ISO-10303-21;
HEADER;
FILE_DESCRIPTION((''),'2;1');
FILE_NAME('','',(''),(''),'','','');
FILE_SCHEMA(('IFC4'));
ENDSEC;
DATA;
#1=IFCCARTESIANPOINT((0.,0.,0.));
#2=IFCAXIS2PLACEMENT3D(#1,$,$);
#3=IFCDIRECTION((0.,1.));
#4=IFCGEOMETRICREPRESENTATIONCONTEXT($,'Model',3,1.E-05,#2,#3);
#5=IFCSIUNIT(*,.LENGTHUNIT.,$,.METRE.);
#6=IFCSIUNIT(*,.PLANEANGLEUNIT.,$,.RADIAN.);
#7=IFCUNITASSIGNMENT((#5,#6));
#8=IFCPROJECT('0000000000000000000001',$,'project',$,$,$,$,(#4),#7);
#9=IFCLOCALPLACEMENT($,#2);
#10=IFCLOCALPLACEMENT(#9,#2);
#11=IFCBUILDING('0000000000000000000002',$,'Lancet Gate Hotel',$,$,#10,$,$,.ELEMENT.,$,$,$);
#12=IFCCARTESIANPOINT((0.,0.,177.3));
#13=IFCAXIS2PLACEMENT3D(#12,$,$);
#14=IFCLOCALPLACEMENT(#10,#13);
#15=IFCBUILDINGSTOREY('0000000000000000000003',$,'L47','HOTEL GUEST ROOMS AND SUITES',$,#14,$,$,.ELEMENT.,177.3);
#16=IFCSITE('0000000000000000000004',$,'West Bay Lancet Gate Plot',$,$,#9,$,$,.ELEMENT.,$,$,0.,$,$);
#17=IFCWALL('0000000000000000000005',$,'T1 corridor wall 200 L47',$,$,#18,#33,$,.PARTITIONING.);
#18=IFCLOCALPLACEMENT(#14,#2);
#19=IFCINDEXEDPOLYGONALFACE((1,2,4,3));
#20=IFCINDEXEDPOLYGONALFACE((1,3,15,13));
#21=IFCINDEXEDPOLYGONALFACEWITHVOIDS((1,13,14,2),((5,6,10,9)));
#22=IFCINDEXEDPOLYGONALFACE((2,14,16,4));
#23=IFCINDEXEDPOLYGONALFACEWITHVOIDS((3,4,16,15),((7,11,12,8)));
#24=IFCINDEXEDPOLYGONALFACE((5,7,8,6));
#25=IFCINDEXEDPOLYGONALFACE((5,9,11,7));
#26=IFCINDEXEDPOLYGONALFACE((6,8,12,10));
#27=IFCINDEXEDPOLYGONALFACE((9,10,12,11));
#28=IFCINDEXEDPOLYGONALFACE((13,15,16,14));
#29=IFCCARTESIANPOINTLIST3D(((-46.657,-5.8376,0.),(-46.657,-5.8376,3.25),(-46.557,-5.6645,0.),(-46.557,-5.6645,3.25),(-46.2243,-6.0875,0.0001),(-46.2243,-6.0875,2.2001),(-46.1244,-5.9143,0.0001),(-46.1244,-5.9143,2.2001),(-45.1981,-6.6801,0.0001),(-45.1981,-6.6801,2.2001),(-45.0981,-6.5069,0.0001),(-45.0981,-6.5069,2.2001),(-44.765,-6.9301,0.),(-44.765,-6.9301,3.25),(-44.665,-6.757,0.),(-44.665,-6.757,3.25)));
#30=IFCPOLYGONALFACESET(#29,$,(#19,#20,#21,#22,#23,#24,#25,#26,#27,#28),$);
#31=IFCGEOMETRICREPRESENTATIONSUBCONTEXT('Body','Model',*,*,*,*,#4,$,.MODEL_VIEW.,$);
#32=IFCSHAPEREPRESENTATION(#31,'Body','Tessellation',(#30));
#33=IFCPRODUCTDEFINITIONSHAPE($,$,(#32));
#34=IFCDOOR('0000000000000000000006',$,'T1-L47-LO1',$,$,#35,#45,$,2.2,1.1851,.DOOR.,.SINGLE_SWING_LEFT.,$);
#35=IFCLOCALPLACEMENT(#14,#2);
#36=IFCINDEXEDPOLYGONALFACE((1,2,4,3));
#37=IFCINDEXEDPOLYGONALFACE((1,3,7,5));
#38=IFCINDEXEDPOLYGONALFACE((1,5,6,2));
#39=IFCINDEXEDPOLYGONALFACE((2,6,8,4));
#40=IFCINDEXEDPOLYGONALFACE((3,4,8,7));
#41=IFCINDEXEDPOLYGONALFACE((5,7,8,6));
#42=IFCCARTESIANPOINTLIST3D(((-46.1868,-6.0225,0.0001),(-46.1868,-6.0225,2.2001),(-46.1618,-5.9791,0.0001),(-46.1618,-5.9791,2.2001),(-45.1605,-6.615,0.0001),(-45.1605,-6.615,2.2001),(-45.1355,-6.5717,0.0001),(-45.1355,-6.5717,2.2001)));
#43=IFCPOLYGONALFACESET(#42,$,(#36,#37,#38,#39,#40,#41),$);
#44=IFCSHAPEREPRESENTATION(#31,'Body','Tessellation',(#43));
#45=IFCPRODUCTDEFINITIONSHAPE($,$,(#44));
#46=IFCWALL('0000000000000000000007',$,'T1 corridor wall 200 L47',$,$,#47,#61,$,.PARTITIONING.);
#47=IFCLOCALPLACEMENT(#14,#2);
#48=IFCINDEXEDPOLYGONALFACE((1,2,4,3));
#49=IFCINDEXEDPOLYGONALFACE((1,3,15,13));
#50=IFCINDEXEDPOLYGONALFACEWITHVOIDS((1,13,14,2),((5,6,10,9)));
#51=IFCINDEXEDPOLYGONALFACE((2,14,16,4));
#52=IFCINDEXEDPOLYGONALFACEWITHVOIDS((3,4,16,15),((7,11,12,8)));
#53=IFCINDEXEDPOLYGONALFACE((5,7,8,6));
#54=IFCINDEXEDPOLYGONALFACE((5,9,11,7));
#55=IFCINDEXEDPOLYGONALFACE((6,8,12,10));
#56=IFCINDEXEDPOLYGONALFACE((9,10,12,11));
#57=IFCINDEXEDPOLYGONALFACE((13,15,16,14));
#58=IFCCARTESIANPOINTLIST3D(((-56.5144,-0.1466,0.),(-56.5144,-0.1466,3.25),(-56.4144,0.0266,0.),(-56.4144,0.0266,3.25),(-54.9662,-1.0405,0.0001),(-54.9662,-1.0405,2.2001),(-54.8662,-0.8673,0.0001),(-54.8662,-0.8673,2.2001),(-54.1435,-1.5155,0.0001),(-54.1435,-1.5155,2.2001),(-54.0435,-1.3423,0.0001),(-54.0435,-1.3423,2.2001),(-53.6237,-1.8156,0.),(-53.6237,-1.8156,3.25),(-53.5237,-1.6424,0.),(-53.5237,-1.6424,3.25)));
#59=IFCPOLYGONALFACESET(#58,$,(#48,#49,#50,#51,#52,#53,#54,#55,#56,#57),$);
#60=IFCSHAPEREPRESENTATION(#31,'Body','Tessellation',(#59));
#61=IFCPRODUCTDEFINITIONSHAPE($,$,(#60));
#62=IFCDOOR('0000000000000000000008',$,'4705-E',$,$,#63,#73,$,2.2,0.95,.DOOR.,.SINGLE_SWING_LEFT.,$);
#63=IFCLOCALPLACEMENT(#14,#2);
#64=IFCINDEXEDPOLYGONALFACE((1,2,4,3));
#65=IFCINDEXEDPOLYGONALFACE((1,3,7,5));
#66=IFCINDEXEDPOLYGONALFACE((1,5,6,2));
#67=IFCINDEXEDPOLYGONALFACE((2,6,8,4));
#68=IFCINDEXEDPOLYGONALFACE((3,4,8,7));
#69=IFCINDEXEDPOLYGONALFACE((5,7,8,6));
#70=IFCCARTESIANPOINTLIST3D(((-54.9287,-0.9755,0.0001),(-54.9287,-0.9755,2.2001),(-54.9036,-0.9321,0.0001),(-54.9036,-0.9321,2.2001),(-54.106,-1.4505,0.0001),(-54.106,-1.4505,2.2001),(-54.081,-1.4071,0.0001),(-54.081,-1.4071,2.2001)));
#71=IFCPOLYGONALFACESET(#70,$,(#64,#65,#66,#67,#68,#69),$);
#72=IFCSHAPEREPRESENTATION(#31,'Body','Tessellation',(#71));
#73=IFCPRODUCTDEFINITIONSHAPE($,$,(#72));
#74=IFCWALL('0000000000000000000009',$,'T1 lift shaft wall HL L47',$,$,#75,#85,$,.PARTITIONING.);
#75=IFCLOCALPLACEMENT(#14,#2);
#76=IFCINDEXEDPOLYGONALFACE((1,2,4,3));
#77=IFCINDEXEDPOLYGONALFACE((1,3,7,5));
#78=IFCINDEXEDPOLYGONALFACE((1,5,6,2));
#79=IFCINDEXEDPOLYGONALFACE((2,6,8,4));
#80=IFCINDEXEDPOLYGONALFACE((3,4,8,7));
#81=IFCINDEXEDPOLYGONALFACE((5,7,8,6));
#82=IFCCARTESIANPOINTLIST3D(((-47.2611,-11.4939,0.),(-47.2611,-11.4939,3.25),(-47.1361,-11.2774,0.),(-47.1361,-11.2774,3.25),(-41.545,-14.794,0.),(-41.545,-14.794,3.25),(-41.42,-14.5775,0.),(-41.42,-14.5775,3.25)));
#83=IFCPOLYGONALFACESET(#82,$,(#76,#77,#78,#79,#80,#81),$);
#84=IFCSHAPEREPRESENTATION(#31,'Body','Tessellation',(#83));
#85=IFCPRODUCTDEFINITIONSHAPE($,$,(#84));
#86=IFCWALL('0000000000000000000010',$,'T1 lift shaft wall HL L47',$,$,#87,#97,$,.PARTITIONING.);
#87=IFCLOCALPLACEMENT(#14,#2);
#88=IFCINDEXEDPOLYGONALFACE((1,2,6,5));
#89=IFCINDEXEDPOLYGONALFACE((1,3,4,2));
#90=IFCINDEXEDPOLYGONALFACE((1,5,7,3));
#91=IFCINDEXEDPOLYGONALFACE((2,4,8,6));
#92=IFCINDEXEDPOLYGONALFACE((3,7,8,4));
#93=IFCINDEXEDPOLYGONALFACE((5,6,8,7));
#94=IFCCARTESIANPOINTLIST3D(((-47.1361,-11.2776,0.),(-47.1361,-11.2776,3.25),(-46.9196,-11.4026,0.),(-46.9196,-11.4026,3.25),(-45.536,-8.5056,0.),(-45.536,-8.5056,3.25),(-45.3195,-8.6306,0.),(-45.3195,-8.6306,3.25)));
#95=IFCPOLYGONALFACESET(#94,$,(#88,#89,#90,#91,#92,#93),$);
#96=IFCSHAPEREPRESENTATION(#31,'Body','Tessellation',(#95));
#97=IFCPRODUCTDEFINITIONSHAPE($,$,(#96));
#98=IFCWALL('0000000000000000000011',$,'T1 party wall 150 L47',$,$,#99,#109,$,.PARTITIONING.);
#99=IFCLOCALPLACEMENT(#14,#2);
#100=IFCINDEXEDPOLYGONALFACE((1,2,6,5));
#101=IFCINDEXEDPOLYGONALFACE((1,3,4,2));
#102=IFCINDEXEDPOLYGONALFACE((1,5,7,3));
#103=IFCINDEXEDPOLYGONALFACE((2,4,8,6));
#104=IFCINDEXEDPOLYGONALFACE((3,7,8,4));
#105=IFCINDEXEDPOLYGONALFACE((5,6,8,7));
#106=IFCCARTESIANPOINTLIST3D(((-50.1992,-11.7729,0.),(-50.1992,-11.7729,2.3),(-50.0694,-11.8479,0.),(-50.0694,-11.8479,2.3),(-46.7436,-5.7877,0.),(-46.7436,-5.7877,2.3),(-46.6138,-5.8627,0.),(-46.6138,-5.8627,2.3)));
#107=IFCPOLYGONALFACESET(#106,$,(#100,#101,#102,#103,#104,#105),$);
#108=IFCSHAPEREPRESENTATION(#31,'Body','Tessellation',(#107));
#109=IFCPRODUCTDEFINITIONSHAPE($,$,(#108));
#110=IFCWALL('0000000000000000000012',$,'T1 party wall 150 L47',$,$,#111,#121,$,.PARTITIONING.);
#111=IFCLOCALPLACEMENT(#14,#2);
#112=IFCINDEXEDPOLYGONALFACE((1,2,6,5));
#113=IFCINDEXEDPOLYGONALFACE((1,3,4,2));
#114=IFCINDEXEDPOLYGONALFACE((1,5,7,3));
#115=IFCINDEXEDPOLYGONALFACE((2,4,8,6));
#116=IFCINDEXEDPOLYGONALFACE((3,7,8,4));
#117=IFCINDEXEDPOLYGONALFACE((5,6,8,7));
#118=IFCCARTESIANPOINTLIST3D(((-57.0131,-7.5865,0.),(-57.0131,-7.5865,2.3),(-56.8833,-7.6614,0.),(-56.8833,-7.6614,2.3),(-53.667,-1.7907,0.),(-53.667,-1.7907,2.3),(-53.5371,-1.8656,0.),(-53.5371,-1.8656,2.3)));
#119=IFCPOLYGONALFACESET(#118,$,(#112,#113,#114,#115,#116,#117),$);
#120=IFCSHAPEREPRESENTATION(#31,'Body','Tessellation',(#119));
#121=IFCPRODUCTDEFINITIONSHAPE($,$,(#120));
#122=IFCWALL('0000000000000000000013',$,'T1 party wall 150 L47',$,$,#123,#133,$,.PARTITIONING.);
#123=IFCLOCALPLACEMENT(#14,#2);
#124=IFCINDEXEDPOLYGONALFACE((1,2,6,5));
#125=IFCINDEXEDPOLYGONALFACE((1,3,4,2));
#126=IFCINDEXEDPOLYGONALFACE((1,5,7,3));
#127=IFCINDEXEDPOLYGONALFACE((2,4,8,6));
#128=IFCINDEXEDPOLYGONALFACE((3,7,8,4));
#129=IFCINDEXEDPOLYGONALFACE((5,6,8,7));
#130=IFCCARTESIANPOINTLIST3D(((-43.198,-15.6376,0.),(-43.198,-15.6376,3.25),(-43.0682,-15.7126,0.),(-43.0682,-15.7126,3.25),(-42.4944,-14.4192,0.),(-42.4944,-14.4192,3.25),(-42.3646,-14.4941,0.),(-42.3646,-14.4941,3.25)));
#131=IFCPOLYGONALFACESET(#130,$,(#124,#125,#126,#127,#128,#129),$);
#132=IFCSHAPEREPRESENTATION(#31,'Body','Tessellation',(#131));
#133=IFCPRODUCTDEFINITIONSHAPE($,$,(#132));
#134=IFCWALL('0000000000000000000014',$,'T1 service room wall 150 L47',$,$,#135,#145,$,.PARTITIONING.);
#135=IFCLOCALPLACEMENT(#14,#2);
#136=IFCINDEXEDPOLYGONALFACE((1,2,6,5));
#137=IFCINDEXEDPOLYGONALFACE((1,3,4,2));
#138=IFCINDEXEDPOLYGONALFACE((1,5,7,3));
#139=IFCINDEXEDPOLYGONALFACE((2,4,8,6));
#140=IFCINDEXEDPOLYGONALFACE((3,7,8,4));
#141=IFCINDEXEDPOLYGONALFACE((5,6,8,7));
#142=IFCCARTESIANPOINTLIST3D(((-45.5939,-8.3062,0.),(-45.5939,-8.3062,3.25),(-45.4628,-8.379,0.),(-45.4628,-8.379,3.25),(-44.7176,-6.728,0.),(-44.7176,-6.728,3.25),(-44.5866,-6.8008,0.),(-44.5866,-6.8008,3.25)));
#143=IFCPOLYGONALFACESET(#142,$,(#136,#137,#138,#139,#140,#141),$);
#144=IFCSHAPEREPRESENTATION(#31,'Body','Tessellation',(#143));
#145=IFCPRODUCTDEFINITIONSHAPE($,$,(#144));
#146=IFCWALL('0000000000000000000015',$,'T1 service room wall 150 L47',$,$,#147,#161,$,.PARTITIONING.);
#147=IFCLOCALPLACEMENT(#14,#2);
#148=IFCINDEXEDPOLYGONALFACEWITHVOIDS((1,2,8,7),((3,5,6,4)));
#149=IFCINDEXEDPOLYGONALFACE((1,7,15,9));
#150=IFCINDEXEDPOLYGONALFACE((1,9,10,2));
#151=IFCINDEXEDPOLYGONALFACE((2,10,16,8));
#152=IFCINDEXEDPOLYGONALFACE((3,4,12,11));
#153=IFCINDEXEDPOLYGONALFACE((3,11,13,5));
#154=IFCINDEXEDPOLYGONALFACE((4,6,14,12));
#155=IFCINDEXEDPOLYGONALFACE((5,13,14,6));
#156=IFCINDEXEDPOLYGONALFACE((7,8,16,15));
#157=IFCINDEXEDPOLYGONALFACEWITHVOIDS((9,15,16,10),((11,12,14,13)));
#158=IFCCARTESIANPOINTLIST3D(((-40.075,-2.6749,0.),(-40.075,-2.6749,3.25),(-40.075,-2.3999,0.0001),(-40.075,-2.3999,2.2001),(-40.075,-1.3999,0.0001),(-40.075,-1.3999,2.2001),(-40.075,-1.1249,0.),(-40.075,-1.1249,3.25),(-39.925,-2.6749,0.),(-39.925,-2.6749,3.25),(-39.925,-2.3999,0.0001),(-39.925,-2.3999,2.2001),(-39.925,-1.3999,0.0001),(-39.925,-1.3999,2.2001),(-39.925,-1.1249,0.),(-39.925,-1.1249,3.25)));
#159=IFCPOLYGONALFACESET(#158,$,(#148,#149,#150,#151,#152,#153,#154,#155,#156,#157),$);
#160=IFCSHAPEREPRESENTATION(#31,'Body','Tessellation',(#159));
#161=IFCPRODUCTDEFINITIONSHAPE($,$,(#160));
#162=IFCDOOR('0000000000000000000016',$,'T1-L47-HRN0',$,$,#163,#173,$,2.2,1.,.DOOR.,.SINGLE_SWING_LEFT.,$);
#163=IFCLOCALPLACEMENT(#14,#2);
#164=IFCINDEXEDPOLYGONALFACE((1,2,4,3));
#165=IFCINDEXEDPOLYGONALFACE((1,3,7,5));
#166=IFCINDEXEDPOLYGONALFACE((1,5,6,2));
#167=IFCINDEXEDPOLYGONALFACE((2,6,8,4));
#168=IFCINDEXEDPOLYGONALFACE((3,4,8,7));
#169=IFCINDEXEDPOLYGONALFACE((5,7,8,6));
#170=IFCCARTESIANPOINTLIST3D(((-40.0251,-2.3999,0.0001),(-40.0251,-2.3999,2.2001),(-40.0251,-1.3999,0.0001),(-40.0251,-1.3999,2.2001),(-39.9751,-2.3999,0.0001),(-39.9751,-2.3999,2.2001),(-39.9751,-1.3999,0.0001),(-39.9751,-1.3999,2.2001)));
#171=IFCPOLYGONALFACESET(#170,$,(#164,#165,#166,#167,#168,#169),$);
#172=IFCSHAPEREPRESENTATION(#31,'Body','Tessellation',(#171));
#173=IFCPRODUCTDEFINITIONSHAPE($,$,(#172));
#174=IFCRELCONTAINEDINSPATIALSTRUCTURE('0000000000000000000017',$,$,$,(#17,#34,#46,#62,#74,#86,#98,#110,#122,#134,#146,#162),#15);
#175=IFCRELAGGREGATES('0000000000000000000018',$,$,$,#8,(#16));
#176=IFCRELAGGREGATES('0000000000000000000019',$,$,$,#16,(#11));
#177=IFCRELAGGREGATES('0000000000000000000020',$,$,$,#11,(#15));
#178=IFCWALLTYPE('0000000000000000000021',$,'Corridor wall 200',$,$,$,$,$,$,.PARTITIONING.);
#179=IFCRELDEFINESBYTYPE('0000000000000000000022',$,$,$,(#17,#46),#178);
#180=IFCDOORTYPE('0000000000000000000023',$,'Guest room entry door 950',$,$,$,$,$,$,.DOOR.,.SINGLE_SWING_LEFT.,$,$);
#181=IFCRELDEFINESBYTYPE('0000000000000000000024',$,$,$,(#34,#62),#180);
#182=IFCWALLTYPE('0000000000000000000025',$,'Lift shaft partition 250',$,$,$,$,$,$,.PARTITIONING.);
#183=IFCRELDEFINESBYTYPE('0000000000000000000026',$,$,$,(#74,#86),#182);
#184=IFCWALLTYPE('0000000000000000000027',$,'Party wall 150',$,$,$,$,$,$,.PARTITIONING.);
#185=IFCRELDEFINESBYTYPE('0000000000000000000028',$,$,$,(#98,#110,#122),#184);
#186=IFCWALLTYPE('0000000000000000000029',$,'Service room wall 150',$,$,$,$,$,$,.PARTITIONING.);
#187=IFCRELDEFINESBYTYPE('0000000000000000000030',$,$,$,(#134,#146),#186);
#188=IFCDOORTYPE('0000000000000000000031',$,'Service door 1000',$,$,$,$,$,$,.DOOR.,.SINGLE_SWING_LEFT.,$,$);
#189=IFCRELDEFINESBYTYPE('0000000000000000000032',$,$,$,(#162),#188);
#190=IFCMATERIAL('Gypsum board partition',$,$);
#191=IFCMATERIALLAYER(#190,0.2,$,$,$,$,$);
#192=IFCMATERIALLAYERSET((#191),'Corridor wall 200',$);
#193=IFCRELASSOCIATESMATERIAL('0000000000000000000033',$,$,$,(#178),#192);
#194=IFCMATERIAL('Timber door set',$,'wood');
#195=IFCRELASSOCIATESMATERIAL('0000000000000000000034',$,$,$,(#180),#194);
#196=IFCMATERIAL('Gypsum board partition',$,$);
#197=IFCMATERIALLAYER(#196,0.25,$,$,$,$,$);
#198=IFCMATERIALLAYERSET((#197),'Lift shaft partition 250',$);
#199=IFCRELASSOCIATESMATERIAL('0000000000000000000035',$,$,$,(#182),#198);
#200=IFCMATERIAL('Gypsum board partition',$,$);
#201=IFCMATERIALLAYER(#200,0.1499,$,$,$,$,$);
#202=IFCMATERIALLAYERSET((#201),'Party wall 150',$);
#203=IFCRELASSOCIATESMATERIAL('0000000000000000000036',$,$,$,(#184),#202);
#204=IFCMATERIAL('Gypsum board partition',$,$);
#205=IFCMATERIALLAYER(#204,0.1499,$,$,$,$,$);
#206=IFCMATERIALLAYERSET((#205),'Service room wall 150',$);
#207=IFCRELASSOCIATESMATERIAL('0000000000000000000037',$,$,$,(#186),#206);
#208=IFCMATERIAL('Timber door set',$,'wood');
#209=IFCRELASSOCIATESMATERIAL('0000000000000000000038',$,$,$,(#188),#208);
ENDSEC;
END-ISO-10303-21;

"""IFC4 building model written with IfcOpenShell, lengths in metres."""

from ifc_helpers import new_model, si_unit, direction, frame, frame_2d, origin, place, context, subcontext, project, spatial, rectangle, extrude, material, layer, layer_set, type_object, element, fill, save


model = new_model("IFC4")

# Units and contexts
model_context = context("Model", 3, precision=1e-05, world=origin(), true_north=direction((0.0, 1.0)))
body_context = subcontext(model_context, "Body", "Model", "MODEL_VIEW")
ifc_project = project(units=[si_unit("LENGTHUNIT", "METRE"), si_unit("PLANEANGLEUNIT", "RADIAN")], contexts=[model_context])

# Site, building, storey
site_placement = place(None, origin())
site = spatial("IfcSite", under=ifc_project, at=site_placement, Name="West Bay Lancet Gate Plot", CompositionType="ELEMENT", RefElevation=0.0)
building_placement = place(site_placement, origin())
building = spatial("IfcBuilding", under=site, at=building_placement, Name="Lancet Gate Hotel", CompositionType="ELEMENT")
storey_placement = place(building_placement, frame((0.0, 0.0, 177.3)))
storey = spatial("IfcBuildingStorey", under=building, at=storey_placement, Name="L47", Description="HOTEL GUEST ROOMS AND SUITES", CompositionType="ELEMENT", Elevation=177.3)

# Walls, openings, doors
ifc_material_1 = material(Name="Gypsum board partition")
ifc_layer_1 = layer(ifc_material_1, 0.2)
ifc_layer_set_1 = layer_set([ifc_layer_1], Name="Corridor wall 200")
wall_type_1 = type_object("IfcWallType", Name="Corridor wall 200", PredefinedType="PARTITIONING", material=ifc_layer_set_1)
wall_1_placement = place(storey_placement, frame((-44.7151, -6.8435, 0.0), z_axis=(0.0, 0.0, 1.0), x_axis=(-0.865999, 0.500045, 0.0)))
wall_1 = element("IfcWall", 1, at=wall_1_placement, inside=storey, type_object=wall_type_1, Name="T1 corridor wall 200 L47", PredefinedType="PARTITIONING", context=body_context, shape_type="SweptSolid", body=[
    extrude(rectangle(XDim=2.1848, YDim=0.2, at=frame_2d((1.0923, 0.0))), origin(), (0.0, 0.0, 1.0), 3.25),
])
opening_1_placement = place(wall_1_placement, frame((0.5, 0.0, 0.0)))
opening_1 = element("IfcOpeningElement", 2, at=opening_1_placement, cuts=wall_1, PredefinedType="OPENING", context=body_context, shape_type="SweptSolid", body=[
    extrude(rectangle(XDim=1.1851, YDim=2.2, at=frame_2d((0.5925, 1.1001))), frame((0.0, 0.1099, 0.0), z_axis=(0.0, -1.0, 0.0), x_axis=(1.0, 0.0, 0.0)), (0.0, 0.0, 1.0), 0.22),
])
ifc_material_2 = material(Name="Timber door set", Category="wood")
door_type_1 = type_object("IfcDoorType", Name="Guest room entry door 950", OperationType="SINGLE_SWING_LEFT", PredefinedType="DOOR", material=ifc_material_2)
door_1_placement = place(opening_1_placement, origin())
door_1 = element("IfcDoor", 3, at=door_1_placement, inside=storey, type_object=door_type_1, Name="T1-L47-LO1", OperationType="SINGLE_SWING_LEFT", OverallHeight=2.2, OverallWidth=1.1851, PredefinedType="DOOR", context=body_context, shape_type="SweptSolid", body=[
    extrude(rectangle(XDim=1.1851, YDim=2.2, at=frame_2d((0.5925, 1.1001))), frame((0.0, 0.0249, 0.0), z_axis=(0.0, -1.0, 0.0), x_axis=(1.0, 0.0, 0.0)), (0.0, 0.0, 1.0), 0.05),
])
fill(opening_1, door_1)
wall_2_placement = place(storey_placement, frame((-53.5737, -1.729, 0.0), z_axis=(0.0, 0.0, 1.0), x_axis=(-0.86602, 0.500009, 0.0)))
wall_2 = element("IfcWall", 4, at=wall_2_placement, inside=storey, type_object=wall_type_1, Name="T1 corridor wall 200 L47", PredefinedType="PARTITIONING", context=body_context, shape_type="SweptSolid", body=[
    extrude(rectangle(XDim=3.3379, YDim=0.2, at=frame_2d((1.6689, 0.0))), origin(), (0.0, 0.0, 1.0), 3.25),
])
opening_2_placement = place(wall_2_placement, frame((0.6001, 0.0, 0.0)))
opening_2 = element("IfcOpeningElement", 5, at=opening_2_placement, cuts=wall_2, PredefinedType="OPENING", context=body_context, shape_type="SweptSolid", body=[
    extrude(rectangle(XDim=0.95, YDim=2.2, at=frame_2d((0.4751, 1.1001))), frame((0.0, 0.1099, 0.0), z_axis=(0.0, -1.0, 0.0), x_axis=(1.0, 0.0, 0.0)), (0.0, 0.0, 1.0), 0.22),
])
door_2_placement = place(opening_2_placement, origin())
door_2 = element("IfcDoor", 6, at=door_2_placement, inside=storey, type_object=door_type_1, Name="4705-E", OperationType="SINGLE_SWING_LEFT", OverallHeight=2.2, OverallWidth=0.95, PredefinedType="DOOR", context=body_context, shape_type="SweptSolid", body=[
    extrude(rectangle(XDim=0.95, YDim=2.2, at=frame_2d((0.4751, 1.1001))), frame((0.0, 0.0249, 0.0), z_axis=(0.0, -1.0, 0.0), x_axis=(1.0, 0.0, 0.0)), (0.0, 0.0, 1.0), 0.05),
])
fill(opening_2, door_2)

# Walls
ifc_material_3 = material(Name="Gypsum board partition")
ifc_layer_2 = layer(ifc_material_3, 0.25)
ifc_layer_set_2 = layer_set([ifc_layer_2], Name="Lift shaft partition 250")
wall_type_2 = type_object("IfcWallType", Name="Lift shaft partition 250", PredefinedType="PARTITIONING", material=ifc_layer_set_2)
wall_3_placement = place(storey_placement, frame((-41.4824, -14.6858, 0.0), z_axis=(0.0, 0.0, 1.0), x_axis=(-0.866033, 0.499986, 0.0)))
element("IfcWall", 7, at=wall_3_placement, inside=storey, type_object=wall_type_2, Name="T1 lift shaft wall HL L47", PredefinedType="PARTITIONING", context=body_context, shape_type="SweptSolid", body=[
    extrude(rectangle(XDim=6.6003, YDim=0.25, at=frame_2d((3.3003, 0.0))), origin(), (0.0, 0.0, 1.0), 3.25),
])
wall_4_placement = place(storey_placement, frame((-45.4277, -8.5681, 0.0), z_axis=(0.0, 0.0, 1.0), x_axis=(-0.499929, -0.866066, 0.0)))
element("IfcWall", 8, at=wall_4_placement, inside=storey, type_object=wall_type_2, Name="T1 lift shaft wall HL L47", PredefinedType="PARTITIONING", context=body_context, shape_type="SweptSolid", body=[
    extrude(rectangle(XDim=3.2007, YDim=0.25, at=frame_2d((1.6003, 0.0))), origin(), (0.0, 0.0, 1.0), 3.25),
])
ifc_material_4 = material(Name="Gypsum board partition")
ifc_layer_3 = layer(ifc_material_4, 0.1499)
ifc_layer_set_3 = layer_set([ifc_layer_3], Name="Party wall 150")
wall_type_3 = type_object("IfcWallType", Name="Party wall 150", PredefinedType="PARTITIONING", material=ifc_layer_set_3)
wall_5_placement = place(storey_placement, frame((-46.6787, -5.8252, 0.0), z_axis=(0.0, 0.0, 1.0), x_axis=(-0.500007, -0.866021, 0.0)))
element("IfcWall", 9, at=wall_5_placement, inside=storey, type_object=wall_type_3, Name="T1 party wall 150 L47", PredefinedType="PARTITIONING", context=body_context, shape_type="SweptSolid", body=[
    extrude(rectangle(XDim=6.9111, YDim=0.1499, at=frame_2d((3.4556, 0.0))), origin(), (0.0, 0.0, 1.0), 2.3),
])
wall_6_placement = place(storey_placement, frame((-53.6021, -1.8281, 0.0), z_axis=(0.0, 0.0, 1.0), x_axis=(-0.499992, -0.86603, 0.0)))
element("IfcWall", 10, at=wall_6_placement, inside=storey, type_object=wall_type_3, Name="T1 party wall 150 L47", PredefinedType="PARTITIONING", context=body_context, shape_type="SweptSolid", body=[
    extrude(rectangle(XDim=6.6924, YDim=0.1499, at=frame_2d((3.3462, 0.0))), origin(), (0.0, 0.0, 1.0), 2.3),
])
wall_7_placement = place(storey_placement, frame((-42.4294, -14.4565, 0.0), z_axis=(0.0, 0.0, 1.0), x_axis=(-0.500058, -0.865992, 0.0)))
element("IfcWall", 11, at=wall_7_placement, inside=storey, type_object=wall_type_3, Name="T1 party wall 150 L47", PredefinedType="PARTITIONING", context=body_context, shape_type="SweptSolid", body=[
    extrude(rectangle(XDim=1.407, YDim=0.1499, at=frame_2d((0.7036, 0.0))), origin(), (0.0, 0.0, 1.0), 3.25),
])
ifc_material_5 = material(Name="Gypsum board partition")
ifc_layer_4 = layer(ifc_material_5, 0.1499)
ifc_layer_set_4 = layer_set([ifc_layer_4], Name="Service room wall 150")
wall_type_4 = type_object("IfcWallType", Name="Service room wall 150", PredefinedType="PARTITIONING", material=ifc_layer_set_4)
wall_8_placement = place(storey_placement, frame((-44.6521, -6.7644, 0.0), z_axis=(0.0, 0.0, 1.0), x_axis=(-0.485425, -0.874278, 0.0)))
element("IfcWall", 12, at=wall_8_placement, inside=storey, type_object=wall_type_4, Name="T1 service room wall 150 L47", PredefinedType="PARTITIONING", context=body_context, shape_type="SweptSolid", body=[
    extrude(rectangle(XDim=1.8052, YDim=0.1499, at=frame_2d((0.9026, 0.0))), origin(), (0.0, 0.0, 1.0), 3.25),
])

# Wall, opening, door
wall_9_placement = place(storey_placement, frame((-40.0, -1.125, 0.0), z_axis=(0.0, 0.0, 1.0), x_axis=(0.0, -1.0, 0.0)))
wall_9 = element("IfcWall", 13, at=wall_9_placement, inside=storey, type_object=wall_type_4, Name="T1 service room wall 150 L47", PredefinedType="PARTITIONING", context=body_context, shape_type="SweptSolid", body=[
    extrude(rectangle(XDim=1.55, YDim=0.1499, at=frame_2d((0.7749, 0.0))), origin(), (0.0, 0.0, 1.0), 3.25),
])
opening_3_placement = place(wall_9_placement, frame((0.2749, 0.0, 0.0)))
opening_3 = element("IfcOpeningElement", 14, at=opening_3_placement, cuts=wall_9, PredefinedType="OPENING", context=body_context, shape_type="SweptSolid", body=[
    extrude(rectangle(XDim=1.0, YDim=2.2, at=frame_2d((0.5, 1.1001))), frame((0.0, 0.085, 0.0), z_axis=(0.0, -1.0, 0.0), x_axis=(1.0, 0.0, 0.0)), (0.0, 0.0, 1.0), 0.1699),
])
ifc_material_6 = material(Name="Timber door set", Category="wood")
door_type_2 = type_object("IfcDoorType", Name="Service door 1000", OperationType="SINGLE_SWING_LEFT", PredefinedType="DOOR", material=ifc_material_6)
door_3_placement = place(opening_3_placement, origin())
door_3 = element("IfcDoor", 15, at=door_3_placement, inside=storey, type_object=door_type_2, Name="T1-L47-HRN0", OperationType="SINGLE_SWING_LEFT", OverallHeight=2.2, OverallWidth=1.0, PredefinedType="DOOR", context=body_context, shape_type="SweptSolid", body=[
    extrude(rectangle(XDim=1.0, YDim=2.2, at=frame_2d((0.5, 1.1001))), frame((0.0, 0.0249, 0.0), z_axis=(0.0, -1.0, 0.0), x_axis=(1.0, 0.0, 0.0)), (0.0, 0.0, 1.0), 0.05),
])
fill(opening_3, door_3)

save(model, "model.ifc")
